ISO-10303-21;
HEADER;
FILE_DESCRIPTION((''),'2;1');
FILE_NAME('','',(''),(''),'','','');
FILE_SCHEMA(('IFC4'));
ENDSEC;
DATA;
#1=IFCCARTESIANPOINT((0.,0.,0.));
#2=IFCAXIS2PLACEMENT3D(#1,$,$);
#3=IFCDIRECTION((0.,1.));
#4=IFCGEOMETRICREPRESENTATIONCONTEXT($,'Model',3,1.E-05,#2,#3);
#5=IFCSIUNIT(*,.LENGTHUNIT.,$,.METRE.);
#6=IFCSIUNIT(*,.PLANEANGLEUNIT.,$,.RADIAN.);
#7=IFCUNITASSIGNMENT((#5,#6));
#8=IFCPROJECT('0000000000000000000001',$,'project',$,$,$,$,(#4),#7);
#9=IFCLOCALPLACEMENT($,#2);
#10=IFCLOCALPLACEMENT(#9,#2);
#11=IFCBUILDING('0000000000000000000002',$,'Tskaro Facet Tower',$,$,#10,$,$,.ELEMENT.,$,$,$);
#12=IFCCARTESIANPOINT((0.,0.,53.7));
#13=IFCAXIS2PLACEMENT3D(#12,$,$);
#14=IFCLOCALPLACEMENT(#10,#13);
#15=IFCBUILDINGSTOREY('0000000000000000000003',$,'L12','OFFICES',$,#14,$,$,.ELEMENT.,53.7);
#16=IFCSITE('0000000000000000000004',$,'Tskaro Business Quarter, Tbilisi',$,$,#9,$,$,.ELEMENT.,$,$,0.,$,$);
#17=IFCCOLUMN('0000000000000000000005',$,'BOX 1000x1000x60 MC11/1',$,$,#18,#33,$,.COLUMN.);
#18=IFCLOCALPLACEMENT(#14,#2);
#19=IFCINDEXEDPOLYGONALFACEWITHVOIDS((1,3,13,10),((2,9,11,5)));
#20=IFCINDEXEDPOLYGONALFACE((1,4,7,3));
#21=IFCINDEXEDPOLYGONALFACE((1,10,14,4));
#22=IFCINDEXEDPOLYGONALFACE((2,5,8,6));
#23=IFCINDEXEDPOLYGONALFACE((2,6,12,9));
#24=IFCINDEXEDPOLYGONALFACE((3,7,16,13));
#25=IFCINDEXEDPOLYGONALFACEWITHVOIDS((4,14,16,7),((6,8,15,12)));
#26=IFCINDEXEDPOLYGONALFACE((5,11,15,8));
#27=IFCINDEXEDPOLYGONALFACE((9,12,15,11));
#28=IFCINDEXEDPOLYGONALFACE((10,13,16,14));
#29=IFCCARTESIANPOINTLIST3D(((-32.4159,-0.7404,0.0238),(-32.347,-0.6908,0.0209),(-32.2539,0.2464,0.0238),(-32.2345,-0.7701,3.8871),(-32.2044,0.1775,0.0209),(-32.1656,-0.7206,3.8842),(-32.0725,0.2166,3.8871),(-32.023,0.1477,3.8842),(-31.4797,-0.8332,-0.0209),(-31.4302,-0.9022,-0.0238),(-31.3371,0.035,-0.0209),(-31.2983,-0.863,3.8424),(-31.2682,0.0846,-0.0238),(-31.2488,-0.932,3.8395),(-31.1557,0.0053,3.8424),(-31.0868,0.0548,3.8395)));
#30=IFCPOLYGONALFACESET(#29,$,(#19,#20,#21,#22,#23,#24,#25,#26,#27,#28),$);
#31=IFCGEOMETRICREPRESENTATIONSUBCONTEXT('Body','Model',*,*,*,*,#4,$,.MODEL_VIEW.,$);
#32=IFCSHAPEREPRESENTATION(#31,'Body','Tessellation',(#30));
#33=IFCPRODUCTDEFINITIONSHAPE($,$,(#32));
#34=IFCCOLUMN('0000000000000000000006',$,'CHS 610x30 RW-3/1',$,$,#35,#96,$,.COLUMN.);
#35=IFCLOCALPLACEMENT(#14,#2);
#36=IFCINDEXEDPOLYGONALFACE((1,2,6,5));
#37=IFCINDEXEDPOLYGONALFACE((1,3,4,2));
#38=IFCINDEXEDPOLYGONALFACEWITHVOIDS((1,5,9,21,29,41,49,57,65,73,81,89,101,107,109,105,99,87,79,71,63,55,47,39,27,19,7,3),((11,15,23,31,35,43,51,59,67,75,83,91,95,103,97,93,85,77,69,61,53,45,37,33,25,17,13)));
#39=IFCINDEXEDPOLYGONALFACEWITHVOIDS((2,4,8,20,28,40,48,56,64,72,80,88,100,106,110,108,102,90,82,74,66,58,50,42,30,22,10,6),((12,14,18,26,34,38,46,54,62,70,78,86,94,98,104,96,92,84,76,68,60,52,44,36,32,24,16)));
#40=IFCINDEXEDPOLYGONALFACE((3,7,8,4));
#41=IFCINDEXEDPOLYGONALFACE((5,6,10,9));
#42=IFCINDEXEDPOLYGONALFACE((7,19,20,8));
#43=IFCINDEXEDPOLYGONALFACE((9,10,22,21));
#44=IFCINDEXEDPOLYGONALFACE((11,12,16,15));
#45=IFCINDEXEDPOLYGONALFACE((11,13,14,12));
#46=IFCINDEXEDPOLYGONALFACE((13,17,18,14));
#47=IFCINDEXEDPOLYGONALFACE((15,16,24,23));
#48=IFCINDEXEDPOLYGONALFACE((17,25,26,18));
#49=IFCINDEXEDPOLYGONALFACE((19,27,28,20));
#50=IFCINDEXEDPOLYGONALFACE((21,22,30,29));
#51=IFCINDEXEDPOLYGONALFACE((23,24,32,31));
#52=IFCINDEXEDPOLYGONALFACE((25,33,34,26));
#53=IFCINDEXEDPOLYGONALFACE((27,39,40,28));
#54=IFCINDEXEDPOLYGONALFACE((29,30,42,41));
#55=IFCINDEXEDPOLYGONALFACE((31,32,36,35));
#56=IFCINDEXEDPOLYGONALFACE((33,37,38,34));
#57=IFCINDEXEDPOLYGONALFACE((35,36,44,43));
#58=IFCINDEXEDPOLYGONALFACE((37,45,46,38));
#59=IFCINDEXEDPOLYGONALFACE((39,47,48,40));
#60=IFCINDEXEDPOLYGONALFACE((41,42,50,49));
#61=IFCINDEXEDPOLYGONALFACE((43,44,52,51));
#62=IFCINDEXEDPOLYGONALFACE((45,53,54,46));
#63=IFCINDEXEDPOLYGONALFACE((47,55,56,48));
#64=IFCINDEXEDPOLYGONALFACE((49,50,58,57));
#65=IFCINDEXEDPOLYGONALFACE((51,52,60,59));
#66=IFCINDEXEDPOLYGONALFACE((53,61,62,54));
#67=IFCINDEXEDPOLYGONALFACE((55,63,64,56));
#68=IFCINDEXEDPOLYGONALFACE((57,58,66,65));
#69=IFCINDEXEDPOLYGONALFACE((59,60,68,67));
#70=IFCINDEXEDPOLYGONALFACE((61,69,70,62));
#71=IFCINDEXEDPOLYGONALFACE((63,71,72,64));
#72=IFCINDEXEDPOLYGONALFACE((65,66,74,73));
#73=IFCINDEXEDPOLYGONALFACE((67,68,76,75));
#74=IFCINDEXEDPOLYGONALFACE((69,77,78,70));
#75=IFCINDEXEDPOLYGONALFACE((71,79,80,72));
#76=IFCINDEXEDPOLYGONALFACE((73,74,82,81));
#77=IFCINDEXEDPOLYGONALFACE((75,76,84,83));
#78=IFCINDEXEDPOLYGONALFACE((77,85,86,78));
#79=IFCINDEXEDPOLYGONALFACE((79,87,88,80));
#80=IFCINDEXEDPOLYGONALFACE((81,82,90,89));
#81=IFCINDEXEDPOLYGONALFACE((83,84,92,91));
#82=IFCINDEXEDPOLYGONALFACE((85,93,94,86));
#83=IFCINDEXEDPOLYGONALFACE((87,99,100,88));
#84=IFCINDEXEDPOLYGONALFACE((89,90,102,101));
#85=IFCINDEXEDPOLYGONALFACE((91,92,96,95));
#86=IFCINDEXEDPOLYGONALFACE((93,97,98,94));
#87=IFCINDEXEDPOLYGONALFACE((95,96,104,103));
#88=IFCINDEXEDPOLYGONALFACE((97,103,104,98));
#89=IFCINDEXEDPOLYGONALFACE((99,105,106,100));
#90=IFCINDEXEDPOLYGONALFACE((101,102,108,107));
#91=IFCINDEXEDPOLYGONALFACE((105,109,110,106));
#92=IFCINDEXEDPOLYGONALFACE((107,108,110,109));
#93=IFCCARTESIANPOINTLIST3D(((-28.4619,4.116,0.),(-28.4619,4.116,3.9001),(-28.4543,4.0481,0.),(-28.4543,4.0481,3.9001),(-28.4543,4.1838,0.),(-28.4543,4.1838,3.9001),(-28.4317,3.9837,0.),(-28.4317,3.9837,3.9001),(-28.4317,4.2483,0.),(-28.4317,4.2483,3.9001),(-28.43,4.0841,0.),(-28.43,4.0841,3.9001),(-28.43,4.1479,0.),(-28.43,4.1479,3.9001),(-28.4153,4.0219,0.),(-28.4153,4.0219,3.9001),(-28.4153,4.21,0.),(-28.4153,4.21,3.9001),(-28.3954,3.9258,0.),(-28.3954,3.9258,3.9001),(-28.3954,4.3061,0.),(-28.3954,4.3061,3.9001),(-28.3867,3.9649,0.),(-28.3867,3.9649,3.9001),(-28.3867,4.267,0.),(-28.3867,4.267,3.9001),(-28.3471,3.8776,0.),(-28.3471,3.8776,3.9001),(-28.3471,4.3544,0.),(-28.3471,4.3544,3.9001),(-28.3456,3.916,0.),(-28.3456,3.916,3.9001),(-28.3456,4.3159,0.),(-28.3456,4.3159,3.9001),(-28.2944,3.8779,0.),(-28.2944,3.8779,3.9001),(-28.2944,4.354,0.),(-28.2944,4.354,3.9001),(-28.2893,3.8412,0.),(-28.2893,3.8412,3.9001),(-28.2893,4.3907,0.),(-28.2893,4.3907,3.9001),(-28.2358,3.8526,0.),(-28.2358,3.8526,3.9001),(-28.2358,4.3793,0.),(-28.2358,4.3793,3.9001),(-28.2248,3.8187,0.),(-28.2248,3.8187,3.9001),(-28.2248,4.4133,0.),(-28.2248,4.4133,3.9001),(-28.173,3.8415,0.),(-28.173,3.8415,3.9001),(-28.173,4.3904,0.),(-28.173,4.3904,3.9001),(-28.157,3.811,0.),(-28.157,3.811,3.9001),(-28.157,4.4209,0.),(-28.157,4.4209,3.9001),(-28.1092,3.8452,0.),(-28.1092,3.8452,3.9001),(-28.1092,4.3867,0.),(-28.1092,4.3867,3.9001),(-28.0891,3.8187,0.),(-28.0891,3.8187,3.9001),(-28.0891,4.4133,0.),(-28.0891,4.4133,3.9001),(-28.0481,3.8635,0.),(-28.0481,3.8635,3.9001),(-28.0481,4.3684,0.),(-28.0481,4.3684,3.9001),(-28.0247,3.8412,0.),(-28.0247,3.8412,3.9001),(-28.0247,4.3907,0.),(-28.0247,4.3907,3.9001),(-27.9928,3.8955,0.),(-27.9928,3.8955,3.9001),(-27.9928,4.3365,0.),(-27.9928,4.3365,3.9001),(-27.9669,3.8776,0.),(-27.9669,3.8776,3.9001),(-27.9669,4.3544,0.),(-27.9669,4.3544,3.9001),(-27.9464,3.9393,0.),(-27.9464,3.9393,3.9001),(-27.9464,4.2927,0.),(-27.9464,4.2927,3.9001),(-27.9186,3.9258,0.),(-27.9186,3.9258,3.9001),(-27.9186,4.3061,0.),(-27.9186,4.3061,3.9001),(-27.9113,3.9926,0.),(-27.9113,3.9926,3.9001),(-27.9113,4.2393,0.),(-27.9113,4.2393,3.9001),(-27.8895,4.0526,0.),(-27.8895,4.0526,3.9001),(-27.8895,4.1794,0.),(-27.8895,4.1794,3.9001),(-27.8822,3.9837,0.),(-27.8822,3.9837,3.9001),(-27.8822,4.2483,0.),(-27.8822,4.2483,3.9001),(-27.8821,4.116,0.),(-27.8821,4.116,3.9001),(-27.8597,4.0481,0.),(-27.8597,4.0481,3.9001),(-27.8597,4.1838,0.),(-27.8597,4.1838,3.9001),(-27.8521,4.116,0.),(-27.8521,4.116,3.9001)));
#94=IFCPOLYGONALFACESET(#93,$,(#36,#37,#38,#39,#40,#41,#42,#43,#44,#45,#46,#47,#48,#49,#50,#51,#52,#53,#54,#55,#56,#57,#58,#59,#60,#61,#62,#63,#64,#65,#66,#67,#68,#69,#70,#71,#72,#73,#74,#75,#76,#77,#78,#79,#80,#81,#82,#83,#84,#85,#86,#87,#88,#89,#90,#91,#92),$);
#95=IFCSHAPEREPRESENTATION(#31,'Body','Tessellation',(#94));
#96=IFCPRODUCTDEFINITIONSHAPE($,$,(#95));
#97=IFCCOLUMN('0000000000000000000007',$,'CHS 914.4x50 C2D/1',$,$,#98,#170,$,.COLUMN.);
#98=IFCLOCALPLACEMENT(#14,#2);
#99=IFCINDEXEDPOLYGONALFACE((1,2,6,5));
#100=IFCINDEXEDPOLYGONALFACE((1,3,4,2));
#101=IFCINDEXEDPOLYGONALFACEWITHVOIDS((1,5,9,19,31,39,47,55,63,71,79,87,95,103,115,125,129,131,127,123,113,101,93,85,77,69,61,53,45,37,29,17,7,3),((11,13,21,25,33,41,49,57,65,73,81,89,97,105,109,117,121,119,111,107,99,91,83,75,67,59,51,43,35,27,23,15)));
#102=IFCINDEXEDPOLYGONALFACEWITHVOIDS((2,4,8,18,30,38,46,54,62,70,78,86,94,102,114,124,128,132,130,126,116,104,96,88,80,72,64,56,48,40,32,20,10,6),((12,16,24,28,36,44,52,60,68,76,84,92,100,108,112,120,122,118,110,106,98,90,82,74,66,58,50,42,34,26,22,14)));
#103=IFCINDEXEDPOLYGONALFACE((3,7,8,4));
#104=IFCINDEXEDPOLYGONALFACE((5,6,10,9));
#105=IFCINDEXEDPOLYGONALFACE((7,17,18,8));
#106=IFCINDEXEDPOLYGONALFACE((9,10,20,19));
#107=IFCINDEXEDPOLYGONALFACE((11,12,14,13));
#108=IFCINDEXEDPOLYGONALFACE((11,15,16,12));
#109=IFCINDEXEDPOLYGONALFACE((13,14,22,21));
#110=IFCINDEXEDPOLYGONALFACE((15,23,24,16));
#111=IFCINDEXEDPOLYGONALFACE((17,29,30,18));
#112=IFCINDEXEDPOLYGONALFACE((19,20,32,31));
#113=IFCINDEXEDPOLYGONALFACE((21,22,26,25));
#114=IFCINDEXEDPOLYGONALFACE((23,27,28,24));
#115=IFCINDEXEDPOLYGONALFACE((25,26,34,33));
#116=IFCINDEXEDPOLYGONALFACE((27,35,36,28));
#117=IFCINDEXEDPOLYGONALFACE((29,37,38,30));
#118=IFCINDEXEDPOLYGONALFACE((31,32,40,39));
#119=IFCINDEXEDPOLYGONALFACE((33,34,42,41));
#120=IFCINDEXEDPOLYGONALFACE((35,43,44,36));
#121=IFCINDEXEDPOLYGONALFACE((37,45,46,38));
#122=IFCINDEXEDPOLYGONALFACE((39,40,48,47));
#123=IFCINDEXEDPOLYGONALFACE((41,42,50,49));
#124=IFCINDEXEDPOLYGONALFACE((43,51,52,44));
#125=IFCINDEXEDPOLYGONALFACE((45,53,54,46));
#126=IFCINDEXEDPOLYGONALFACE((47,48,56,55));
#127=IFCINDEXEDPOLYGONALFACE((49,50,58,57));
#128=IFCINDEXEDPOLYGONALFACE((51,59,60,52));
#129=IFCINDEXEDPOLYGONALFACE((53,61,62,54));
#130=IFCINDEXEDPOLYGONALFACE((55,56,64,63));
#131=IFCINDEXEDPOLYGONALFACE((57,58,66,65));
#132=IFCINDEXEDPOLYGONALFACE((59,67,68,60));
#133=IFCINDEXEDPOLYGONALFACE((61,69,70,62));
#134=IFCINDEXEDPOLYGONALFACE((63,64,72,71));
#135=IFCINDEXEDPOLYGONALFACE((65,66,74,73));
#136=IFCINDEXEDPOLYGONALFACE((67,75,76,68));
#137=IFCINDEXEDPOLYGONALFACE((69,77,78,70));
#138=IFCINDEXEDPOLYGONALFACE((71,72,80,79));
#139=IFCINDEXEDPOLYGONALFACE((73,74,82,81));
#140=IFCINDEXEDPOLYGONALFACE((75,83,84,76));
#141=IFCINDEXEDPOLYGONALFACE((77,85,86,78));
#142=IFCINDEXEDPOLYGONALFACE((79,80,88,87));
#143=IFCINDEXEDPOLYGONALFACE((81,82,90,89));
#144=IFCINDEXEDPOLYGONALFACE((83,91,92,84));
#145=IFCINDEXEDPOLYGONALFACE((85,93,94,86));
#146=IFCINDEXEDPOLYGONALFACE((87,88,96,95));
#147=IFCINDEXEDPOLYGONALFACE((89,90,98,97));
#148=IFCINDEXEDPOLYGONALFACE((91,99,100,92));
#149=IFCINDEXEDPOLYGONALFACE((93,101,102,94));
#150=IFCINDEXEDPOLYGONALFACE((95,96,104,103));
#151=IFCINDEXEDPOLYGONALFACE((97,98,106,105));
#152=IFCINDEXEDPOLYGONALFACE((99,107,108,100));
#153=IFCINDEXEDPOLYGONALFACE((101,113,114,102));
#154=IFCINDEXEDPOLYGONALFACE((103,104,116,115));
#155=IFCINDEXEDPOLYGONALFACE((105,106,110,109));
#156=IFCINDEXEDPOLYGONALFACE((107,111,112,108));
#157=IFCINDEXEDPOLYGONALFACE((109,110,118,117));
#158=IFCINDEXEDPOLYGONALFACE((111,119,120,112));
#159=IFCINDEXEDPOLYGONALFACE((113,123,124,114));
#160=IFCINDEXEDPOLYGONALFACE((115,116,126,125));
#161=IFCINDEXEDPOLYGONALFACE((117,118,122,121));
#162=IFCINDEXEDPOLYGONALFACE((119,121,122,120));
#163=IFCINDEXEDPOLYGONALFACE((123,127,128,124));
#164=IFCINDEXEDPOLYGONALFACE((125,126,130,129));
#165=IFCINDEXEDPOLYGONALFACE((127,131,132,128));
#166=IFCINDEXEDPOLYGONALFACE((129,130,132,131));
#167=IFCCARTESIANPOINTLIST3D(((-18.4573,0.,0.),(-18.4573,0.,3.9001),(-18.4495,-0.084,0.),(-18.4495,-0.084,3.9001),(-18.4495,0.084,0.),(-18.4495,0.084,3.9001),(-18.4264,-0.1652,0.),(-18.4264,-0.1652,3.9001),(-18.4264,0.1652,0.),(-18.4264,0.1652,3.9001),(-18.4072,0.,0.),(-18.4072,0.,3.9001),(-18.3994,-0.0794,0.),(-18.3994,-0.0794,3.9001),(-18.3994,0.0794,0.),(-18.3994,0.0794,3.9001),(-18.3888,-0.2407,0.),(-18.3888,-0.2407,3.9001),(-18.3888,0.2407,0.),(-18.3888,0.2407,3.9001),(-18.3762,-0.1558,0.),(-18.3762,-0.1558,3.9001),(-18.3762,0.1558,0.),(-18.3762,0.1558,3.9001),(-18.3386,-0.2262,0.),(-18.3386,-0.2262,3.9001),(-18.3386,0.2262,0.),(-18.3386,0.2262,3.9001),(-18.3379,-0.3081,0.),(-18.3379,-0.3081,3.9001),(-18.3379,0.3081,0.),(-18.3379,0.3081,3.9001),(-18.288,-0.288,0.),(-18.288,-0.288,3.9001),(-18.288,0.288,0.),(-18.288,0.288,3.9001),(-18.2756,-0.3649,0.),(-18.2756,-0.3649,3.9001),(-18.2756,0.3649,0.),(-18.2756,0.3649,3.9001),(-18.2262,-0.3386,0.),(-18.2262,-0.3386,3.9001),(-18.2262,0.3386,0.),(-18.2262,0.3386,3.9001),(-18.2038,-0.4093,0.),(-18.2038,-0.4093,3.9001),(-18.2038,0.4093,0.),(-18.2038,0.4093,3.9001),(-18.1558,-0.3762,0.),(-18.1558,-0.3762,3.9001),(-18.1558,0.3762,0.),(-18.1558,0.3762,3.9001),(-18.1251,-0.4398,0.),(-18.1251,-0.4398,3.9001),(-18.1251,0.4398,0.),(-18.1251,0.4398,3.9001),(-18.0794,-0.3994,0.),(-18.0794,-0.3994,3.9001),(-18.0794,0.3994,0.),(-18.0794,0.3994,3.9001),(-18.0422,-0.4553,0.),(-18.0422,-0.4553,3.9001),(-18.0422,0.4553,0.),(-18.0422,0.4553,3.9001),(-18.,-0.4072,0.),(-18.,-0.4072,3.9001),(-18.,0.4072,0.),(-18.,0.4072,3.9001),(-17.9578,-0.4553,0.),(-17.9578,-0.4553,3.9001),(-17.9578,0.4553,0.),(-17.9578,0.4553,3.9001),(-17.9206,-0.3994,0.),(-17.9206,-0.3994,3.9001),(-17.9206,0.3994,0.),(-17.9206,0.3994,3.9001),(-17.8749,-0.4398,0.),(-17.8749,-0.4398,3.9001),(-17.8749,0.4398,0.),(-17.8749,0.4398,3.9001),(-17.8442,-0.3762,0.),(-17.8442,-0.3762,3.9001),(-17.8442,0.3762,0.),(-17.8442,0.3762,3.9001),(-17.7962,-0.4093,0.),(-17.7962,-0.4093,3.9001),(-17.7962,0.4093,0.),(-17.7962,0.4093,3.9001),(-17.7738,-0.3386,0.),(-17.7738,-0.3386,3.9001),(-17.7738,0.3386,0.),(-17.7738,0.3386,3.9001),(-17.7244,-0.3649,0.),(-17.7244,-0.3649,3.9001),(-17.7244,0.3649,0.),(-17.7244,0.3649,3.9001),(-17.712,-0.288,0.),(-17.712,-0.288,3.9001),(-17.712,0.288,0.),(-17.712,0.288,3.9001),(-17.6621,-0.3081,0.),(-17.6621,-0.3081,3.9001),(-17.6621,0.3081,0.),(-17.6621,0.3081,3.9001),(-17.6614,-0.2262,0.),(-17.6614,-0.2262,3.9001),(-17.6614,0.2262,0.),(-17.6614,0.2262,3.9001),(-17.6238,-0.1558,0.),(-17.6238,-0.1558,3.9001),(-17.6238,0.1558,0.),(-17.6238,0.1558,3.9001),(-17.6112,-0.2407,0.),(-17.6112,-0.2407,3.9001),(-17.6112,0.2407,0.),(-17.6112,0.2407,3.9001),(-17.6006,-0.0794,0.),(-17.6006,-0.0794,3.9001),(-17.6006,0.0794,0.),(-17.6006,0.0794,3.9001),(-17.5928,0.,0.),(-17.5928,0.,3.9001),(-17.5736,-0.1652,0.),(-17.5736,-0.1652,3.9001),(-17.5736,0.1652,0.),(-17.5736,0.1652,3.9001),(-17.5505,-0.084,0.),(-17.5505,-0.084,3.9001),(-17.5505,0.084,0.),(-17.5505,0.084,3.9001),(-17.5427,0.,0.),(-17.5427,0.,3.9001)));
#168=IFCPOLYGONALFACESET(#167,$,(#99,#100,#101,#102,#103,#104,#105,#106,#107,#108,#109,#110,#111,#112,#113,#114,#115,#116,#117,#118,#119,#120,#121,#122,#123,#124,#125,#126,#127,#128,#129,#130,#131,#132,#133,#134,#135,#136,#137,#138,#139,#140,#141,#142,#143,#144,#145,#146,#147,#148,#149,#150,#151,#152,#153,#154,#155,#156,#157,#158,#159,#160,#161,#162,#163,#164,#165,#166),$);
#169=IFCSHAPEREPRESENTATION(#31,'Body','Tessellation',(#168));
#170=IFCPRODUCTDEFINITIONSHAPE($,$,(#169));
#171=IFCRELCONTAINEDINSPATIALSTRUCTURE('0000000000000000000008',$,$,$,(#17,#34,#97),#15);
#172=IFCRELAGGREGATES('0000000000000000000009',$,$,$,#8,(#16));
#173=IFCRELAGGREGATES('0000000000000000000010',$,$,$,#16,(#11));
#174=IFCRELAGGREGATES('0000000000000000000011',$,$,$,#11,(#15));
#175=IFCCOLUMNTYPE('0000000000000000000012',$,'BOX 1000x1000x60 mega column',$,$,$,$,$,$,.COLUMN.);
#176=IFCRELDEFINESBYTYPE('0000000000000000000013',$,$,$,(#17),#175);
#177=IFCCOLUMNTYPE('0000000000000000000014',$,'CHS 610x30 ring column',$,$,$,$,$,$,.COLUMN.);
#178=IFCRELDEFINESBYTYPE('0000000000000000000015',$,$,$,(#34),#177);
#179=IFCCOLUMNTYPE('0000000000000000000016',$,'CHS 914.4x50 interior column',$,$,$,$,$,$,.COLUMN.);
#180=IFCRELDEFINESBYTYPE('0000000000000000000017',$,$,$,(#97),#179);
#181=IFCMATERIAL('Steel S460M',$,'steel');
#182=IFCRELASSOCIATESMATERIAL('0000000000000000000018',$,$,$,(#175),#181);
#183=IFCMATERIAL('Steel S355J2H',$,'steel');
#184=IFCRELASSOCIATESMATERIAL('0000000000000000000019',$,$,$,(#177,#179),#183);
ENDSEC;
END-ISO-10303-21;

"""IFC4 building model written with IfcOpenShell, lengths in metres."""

from ifc_helpers import new_model, si_unit, direction, frame, origin, origin_2d, place, context, subcontext, project, spatial, hollow_rectangle, hollow_circle, extrude, material, material_profile, profile_set, type_object, element, save


model = new_model("IFC4")

# Units and contexts
model_context = context("Model", 3, precision=1e-05, world=origin(), true_north=direction((0.0, 1.0)))
body_context = subcontext(model_context, "Body", "Model", "MODEL_VIEW")
ifc_project = project(units=[si_unit("LENGTHUNIT", "METRE"), si_unit("PLANEANGLEUNIT", "RADIAN")], contexts=[model_context])

# Site, building, storey
site_placement = place(None, origin())
site = spatial("IfcSite", under=ifc_project, at=site_placement, Name="Tskaro Business Quarter, Tbilisi", CompositionType="ELEMENT", RefElevation=0.0)
building_placement = place(site_placement, origin())
building = spatial("IfcBuilding", under=site, at=building_placement, Name="Tskaro Facet Tower", CompositionType="ELEMENT")
storey_placement = place(building_placement, frame((0.0, 0.0, 53.7)))
storey = spatial("IfcBuildingStorey", under=building, at=storey_placement, Name="L12", Description="OFFICES", CompositionType="ELEMENT", Elevation=53.7)

# Columns
ifc_material_1 = material(Name="Steel S460M", Category="steel")
ifc_material_profile_1 = material_profile(ifc_material_1, hollow_rectangle(XDim=1.0, YDim=1.0, WallThickness=0.0601, at=origin_2d()), Name="BOX 1000x1000x60")
ifc_profile_set_1 = profile_set([ifc_material_profile_1], Name="Steel S460M")
column_type_1 = type_object("IfcColumnType", Name="BOX 1000x1000x60 mega column", PredefinedType="COLUMN", material=ifc_profile_set_1)
column_1_placement = place(storey_placement, frame((-31.842, -0.3279, 0.0), z_axis=(0.046901, -0.007701, 0.99887), x_axis=(0.162029, 0.986786, 0.0)))
element("IfcColumn", 1, at=column_1_placement, inside=storey, type_object=column_type_1, Name="BOX 1000x1000x60 MC11/1", PredefinedType="COLUMN", context=body_context, shape_type="SweptSolid", body=[
    extrude(hollow_rectangle(XDim=1.0, YDim=1.0, WallThickness=0.0601, at=origin_2d()), origin(), (0.0, 0.0, 1.0), 3.8677),
])
ifc_material_2 = material(Name="Steel S355J2H", Category="steel")
ifc_material_profile_2 = material_profile(ifc_material_2, hollow_circle(Radius=0.3049, WallThickness=0.03, at=origin_2d()), Name="CHS 610x30")
ifc_profile_set_2 = profile_set([ifc_material_profile_2], Name="Steel S355J2H")
column_type_2 = type_object("IfcColumnType", Name="CHS 610x30 ring column", PredefinedType="COLUMN", material=ifc_profile_set_2)
column_2_placement = place(storey_placement, frame((-28.157, 4.116, 0.0), z_axis=(0.0, 0.0, 1.0), x_axis=(1.0, 0.0, 0.0)))
element("IfcColumn", 2, at=column_2_placement, inside=storey, type_object=column_type_2, Name="CHS 610x30 RW-3/1", PredefinedType="COLUMN", context=body_context, shape_type="SweptSolid", body=[
    extrude(hollow_circle(Radius=0.3049, WallThickness=0.03, at=origin_2d()), origin(), (0.0, 0.0, 1.0), 3.9001),
])
ifc_material_profile_3 = material_profile(ifc_material_2, hollow_circle(Radius=0.4573, WallThickness=0.05, at=origin_2d()), Name="CHS 914.4x50")
ifc_profile_set_3 = profile_set([ifc_material_profile_3], Name="Steel S355J2H")
column_type_3 = type_object("IfcColumnType", Name="CHS 914.4x50 interior column", PredefinedType="COLUMN", material=ifc_profile_set_3)
for number, where, z_axis, x_axis, name in (
    (3, (-18.0, 0.0, 0.0), (0.0, 0.0, 1.0), (1.0, 0.0, 0.0), "CHS 914.4x50 C2D/1"),
):
    element("IfcColumn", number, at=place(storey_placement, frame(where, z_axis=z_axis, x_axis=x_axis)), inside=storey, type_object=column_type_3, Name=name, PredefinedType="COLUMN", context=body_context, shape_type="SweptSolid", body=[
        extrude(hollow_circle(Radius=0.4573, WallThickness=0.05, at=origin_2d()), origin(), (0.0, 0.0, 1.0), 3.9001),
    ])

save(model, "model.ifc")
